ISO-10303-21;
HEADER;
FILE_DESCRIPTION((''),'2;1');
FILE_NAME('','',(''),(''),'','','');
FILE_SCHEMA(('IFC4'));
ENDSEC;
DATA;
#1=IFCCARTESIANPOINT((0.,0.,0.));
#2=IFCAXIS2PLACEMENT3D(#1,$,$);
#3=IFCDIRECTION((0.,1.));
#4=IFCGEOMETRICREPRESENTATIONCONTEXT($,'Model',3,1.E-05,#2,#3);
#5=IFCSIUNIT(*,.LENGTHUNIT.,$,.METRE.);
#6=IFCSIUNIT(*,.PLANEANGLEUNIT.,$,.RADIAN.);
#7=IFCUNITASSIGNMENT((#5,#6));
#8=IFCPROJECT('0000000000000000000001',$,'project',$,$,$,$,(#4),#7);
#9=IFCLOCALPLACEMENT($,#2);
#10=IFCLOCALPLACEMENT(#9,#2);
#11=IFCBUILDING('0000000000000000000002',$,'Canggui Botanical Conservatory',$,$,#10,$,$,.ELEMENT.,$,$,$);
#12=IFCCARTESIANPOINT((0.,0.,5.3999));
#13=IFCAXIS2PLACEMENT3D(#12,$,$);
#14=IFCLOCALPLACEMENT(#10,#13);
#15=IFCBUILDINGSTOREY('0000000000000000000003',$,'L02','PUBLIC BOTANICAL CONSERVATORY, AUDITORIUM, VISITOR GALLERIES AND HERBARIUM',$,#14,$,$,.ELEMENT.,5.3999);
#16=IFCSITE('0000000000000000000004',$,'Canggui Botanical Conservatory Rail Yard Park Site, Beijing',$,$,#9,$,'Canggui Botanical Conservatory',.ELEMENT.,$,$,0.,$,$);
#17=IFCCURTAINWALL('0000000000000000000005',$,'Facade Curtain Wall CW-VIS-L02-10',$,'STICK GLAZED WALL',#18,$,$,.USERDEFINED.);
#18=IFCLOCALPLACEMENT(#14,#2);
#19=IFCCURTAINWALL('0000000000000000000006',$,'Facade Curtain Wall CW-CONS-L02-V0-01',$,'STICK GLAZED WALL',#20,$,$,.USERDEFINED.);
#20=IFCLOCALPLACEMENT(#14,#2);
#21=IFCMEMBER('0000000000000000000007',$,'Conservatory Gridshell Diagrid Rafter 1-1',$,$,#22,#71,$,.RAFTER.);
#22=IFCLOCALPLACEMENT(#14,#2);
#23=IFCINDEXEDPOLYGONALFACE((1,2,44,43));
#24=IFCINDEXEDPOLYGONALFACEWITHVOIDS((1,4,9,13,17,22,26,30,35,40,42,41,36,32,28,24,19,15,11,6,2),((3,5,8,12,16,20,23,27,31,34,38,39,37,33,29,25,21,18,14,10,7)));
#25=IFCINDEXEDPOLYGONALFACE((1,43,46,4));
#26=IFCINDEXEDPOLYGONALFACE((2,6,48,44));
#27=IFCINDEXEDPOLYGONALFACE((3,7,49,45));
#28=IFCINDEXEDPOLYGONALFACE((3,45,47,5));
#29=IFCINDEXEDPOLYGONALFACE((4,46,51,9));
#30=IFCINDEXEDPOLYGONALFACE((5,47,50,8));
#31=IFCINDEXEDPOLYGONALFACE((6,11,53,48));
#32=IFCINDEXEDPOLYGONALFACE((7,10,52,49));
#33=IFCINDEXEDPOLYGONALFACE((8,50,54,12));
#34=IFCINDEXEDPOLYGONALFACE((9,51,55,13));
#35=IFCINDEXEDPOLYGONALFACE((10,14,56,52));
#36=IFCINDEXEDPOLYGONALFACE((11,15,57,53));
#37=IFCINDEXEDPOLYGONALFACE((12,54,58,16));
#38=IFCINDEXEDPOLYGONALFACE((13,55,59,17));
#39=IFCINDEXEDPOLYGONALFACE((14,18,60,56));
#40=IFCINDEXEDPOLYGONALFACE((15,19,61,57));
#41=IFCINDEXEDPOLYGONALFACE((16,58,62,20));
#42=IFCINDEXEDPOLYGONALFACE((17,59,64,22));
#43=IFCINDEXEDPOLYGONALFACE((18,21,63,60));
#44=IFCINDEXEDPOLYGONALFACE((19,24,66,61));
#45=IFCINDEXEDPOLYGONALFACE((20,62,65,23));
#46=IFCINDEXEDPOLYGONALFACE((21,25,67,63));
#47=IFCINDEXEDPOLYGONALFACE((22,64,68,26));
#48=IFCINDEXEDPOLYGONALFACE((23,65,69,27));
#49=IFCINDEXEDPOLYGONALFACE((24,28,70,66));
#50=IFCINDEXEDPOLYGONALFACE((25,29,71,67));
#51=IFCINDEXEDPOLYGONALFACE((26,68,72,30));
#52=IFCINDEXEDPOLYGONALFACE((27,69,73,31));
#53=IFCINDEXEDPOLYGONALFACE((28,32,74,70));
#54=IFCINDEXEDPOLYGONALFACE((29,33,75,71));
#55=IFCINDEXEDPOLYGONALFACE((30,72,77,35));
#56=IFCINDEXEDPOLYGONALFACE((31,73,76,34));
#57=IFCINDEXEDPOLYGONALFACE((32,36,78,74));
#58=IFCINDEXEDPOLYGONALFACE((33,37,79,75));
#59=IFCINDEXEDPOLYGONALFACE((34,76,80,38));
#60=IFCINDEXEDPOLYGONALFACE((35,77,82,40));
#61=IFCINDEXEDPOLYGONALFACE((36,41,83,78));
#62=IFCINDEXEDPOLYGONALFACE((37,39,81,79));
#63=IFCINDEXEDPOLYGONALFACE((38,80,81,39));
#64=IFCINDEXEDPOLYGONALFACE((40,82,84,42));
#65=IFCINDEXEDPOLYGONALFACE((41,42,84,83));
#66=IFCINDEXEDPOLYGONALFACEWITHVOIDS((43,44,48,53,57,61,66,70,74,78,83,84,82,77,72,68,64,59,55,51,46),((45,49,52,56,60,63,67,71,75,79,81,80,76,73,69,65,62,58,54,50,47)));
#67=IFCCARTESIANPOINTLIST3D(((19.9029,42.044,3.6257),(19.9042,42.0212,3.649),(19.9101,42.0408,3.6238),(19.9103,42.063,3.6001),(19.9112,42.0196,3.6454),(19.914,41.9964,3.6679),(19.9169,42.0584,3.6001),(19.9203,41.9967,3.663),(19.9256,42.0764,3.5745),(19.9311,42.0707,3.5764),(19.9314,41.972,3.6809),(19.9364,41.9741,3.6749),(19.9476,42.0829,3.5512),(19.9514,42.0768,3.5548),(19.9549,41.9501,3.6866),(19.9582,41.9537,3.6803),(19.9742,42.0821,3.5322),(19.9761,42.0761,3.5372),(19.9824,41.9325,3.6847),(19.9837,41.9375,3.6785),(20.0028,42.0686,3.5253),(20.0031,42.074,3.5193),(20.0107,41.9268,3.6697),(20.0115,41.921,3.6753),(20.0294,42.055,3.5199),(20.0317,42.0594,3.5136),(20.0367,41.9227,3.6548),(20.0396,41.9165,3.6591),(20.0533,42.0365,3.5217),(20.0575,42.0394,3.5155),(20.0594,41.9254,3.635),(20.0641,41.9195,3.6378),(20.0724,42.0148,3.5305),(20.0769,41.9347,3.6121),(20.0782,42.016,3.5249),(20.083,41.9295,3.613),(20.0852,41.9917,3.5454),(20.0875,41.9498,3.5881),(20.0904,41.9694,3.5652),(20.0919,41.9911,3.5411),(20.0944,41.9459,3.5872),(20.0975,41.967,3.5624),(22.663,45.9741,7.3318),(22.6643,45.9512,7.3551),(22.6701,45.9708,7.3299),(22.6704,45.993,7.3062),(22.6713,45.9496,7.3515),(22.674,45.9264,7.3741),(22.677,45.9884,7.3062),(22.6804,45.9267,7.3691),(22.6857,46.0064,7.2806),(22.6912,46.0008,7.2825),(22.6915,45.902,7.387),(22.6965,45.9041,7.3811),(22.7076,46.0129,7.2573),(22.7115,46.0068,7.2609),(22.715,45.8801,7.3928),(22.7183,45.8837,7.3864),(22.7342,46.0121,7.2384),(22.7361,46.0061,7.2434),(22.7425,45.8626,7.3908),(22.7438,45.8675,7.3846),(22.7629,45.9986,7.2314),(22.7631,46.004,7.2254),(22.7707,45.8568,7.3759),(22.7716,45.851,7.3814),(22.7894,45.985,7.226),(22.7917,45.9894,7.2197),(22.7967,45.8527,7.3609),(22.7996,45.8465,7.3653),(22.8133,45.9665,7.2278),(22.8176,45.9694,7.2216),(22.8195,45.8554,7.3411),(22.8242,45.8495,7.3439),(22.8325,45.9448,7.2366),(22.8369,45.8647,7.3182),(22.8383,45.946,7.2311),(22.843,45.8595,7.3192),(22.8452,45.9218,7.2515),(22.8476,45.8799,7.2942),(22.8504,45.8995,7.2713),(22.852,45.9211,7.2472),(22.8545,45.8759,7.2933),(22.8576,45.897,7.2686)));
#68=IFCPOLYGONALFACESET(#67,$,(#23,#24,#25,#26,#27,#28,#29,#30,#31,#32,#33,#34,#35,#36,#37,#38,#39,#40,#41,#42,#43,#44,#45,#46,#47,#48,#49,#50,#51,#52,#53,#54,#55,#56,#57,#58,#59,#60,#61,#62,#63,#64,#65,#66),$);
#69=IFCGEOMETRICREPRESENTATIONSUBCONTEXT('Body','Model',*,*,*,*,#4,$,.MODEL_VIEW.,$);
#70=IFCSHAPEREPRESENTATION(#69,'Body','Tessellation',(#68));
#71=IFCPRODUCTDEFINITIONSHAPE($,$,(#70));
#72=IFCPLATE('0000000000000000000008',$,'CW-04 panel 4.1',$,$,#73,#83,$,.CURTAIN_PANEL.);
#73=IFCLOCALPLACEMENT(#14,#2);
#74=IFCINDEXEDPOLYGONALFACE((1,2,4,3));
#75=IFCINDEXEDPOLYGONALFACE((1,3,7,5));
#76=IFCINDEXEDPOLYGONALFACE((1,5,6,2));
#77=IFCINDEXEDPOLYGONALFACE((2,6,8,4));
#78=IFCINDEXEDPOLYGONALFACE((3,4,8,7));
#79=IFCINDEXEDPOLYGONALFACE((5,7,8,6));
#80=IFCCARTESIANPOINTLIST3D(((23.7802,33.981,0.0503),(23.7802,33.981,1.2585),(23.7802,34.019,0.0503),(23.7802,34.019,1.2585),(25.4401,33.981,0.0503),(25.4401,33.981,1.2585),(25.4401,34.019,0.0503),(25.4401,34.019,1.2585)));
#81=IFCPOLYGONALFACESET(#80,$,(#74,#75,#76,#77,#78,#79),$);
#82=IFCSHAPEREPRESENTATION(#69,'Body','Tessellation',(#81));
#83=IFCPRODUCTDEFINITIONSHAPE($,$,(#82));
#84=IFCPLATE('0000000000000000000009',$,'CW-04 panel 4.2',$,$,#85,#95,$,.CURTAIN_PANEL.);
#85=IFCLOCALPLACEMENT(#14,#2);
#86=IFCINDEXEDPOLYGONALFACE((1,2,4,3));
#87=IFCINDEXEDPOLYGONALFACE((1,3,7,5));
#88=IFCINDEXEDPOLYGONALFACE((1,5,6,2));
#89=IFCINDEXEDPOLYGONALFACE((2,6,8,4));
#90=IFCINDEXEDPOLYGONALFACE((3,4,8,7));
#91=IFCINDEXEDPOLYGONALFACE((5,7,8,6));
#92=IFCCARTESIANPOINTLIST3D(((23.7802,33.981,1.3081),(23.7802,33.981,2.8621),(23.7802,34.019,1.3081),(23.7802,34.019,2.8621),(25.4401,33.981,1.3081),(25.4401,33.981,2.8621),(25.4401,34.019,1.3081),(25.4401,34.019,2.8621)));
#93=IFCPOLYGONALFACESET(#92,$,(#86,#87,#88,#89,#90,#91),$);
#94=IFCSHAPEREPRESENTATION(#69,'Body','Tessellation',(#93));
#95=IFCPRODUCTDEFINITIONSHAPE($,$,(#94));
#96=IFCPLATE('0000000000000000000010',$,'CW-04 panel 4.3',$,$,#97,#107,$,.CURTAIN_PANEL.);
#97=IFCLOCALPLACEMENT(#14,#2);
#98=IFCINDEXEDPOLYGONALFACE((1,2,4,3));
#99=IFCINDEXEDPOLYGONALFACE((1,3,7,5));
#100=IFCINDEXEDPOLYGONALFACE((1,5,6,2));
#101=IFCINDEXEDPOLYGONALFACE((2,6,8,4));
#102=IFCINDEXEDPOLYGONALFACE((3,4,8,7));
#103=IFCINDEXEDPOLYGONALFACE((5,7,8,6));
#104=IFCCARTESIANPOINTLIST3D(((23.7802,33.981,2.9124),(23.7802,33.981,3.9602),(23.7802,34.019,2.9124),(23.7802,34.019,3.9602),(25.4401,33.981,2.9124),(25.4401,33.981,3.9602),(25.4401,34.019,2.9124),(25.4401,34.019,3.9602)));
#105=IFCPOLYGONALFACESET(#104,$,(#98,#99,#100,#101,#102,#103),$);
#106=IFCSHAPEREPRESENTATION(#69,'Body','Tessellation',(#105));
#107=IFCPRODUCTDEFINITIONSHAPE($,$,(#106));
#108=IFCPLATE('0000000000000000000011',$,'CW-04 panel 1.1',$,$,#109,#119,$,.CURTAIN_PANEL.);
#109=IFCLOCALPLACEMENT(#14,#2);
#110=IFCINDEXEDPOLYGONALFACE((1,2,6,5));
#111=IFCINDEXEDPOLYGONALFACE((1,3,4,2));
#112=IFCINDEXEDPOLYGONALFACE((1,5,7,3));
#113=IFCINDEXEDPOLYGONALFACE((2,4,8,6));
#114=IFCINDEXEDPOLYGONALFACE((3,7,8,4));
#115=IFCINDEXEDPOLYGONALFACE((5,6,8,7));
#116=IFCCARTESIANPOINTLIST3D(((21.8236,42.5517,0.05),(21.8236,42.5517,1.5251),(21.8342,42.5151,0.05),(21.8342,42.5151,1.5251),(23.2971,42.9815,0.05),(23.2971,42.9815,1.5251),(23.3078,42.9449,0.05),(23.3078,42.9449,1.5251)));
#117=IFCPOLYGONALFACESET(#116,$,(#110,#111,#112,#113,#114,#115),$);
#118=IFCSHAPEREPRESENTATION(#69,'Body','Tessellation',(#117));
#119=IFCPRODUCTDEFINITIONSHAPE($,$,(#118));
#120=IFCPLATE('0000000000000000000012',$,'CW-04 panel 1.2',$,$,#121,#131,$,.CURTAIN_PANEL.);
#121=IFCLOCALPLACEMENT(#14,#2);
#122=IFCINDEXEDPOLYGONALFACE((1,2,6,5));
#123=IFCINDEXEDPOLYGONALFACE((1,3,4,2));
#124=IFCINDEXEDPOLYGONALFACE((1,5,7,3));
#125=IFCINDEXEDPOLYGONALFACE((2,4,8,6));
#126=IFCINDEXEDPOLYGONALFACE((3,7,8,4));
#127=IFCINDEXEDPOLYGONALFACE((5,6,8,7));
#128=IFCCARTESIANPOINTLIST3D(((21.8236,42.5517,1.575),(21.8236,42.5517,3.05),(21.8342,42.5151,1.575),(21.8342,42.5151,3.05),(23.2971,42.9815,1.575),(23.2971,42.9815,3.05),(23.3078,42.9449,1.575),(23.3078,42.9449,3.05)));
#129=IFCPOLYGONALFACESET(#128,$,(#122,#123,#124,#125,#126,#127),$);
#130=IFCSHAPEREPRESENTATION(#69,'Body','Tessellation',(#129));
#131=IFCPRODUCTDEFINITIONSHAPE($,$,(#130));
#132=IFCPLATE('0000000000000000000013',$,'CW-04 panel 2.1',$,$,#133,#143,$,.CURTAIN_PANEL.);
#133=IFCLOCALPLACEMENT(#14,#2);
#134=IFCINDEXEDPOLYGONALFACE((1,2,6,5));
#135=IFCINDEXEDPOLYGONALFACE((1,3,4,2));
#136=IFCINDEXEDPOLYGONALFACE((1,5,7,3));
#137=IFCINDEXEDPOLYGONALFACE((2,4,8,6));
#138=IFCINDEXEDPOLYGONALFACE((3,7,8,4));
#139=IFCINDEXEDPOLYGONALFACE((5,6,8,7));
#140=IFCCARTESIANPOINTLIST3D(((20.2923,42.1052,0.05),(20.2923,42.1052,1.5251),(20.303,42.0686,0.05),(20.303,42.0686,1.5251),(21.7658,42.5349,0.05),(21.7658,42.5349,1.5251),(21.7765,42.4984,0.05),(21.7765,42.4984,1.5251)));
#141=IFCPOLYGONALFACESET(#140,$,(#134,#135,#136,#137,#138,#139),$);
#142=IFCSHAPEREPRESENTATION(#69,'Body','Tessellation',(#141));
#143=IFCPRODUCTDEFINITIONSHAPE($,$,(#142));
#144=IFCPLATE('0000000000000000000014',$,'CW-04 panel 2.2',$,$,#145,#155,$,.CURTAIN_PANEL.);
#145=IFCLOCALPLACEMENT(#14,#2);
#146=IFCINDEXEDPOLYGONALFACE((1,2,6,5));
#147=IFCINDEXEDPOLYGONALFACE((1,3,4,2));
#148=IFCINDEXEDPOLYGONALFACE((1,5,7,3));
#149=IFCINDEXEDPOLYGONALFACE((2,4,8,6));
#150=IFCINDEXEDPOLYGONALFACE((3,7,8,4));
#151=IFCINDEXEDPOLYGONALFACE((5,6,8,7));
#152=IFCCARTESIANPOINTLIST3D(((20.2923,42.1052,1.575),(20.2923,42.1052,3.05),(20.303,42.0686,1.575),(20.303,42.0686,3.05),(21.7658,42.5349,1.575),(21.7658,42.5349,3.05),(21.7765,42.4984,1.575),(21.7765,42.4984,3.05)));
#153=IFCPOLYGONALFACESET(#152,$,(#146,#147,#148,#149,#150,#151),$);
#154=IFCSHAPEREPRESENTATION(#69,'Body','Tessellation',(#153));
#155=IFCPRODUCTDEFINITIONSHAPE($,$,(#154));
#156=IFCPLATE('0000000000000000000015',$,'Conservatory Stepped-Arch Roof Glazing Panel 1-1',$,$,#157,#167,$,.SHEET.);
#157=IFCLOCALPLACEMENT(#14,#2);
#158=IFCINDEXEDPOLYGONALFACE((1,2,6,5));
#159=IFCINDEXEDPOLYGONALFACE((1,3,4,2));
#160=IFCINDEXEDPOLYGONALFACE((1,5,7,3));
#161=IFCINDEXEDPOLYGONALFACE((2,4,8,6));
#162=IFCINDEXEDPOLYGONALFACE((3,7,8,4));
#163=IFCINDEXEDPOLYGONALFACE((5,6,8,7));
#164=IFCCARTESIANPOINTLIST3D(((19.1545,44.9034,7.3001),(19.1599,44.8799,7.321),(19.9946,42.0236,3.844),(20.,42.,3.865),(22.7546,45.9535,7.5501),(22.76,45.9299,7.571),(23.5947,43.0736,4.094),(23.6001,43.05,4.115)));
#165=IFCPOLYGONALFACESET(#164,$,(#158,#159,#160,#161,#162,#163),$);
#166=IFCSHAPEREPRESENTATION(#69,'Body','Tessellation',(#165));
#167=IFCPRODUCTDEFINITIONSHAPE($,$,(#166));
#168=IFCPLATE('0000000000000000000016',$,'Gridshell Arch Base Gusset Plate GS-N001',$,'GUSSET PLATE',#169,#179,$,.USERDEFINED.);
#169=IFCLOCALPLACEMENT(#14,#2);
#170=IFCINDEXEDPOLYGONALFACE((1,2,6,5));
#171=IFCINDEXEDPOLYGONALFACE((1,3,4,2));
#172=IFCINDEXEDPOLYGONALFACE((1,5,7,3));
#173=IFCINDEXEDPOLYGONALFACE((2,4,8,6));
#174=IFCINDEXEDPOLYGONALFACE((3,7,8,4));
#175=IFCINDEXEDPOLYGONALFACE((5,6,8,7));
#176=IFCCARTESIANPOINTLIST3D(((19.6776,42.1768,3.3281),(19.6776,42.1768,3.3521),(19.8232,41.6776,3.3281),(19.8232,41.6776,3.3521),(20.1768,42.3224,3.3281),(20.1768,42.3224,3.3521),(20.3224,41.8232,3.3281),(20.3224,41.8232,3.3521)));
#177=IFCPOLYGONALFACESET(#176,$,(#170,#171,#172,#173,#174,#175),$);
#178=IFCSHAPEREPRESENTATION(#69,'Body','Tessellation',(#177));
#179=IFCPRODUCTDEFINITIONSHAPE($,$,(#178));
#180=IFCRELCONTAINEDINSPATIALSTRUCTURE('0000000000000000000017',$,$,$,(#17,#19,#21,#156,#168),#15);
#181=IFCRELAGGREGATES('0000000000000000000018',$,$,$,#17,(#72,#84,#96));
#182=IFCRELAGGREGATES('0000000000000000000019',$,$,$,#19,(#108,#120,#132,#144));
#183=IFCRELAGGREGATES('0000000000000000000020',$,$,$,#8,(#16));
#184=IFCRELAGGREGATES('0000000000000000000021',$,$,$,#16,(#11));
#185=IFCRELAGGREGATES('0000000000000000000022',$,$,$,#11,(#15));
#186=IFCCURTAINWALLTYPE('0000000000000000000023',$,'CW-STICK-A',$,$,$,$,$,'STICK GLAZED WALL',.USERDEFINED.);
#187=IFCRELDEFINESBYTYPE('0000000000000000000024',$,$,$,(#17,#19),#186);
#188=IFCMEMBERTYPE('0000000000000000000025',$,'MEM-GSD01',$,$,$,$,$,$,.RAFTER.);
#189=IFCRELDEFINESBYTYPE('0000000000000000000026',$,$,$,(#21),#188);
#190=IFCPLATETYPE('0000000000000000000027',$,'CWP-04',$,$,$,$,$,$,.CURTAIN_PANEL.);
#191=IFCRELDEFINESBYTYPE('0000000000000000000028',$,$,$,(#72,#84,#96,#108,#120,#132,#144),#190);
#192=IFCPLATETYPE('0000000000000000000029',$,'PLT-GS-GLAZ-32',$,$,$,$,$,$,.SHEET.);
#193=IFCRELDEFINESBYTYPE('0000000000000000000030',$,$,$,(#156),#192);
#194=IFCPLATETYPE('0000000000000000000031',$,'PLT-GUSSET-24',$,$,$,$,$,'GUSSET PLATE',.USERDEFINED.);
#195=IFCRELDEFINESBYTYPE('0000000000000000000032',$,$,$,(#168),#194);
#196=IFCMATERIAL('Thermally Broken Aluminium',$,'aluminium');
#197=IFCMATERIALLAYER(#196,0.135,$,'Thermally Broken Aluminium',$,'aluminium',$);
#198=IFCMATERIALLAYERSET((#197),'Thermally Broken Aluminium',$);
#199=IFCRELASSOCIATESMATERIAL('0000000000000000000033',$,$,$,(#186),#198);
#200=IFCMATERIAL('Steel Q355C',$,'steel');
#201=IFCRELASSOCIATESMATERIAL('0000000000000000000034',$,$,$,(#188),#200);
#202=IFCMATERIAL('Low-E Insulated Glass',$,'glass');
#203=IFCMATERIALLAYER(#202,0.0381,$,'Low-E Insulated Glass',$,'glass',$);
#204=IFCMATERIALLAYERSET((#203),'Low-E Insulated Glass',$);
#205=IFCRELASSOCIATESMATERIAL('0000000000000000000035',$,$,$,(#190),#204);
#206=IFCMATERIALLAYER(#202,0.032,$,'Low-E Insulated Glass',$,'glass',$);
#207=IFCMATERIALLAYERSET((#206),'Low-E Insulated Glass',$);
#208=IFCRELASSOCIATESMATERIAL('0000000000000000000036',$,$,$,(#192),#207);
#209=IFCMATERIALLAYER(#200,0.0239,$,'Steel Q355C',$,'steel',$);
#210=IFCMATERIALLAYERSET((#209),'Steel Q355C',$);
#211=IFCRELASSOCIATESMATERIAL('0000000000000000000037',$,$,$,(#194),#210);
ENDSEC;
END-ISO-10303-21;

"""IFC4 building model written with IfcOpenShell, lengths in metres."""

from ifc_helpers import new_model, si_unit, direction, frame, origin, origin_2d, place, context, subcontext, project, spatial, polyline, rectangle, hollow_circle, outline, extrude, material, layer, layer_set, material_profile, profile_set, type_object, element, aggregate, save


model = new_model("IFC4")

# Units and contexts
model_context = context("Model", 3, precision=1e-05, world=origin(), true_north=direction((0.0, 1.0)))
body_context = subcontext(model_context, "Body", "Model", "MODEL_VIEW")
ifc_project = project(units=[si_unit("LENGTHUNIT", "METRE"), si_unit("PLANEANGLEUNIT", "RADIAN")], contexts=[model_context])

# Site, building, storey
site_placement = place(None, origin())
site = spatial("IfcSite", under=ifc_project, at=site_placement, Name="Canggui Botanical Conservatory Rail Yard Park Site, Beijing", LongName="Canggui Botanical Conservatory", CompositionType="ELEMENT", RefElevation=0.0)
building_placement = place(site_placement, origin())
building = spatial("IfcBuilding", under=site, at=building_placement, Name="Canggui Botanical Conservatory", CompositionType="ELEMENT")
storey_placement = place(building_placement, frame((0.0, 0.0, 5.3999)))
storey = spatial("IfcBuildingStorey", under=building, at=storey_placement, Name="L02", Description="PUBLIC BOTANICAL CONSERVATORY, AUDITORIUM, VISITOR GALLERIES AND HERBARIUM", CompositionType="ELEMENT", Elevation=5.3999)

# Shared definitions
ifc_material_1 = material(Name="Steel Q355C", Category="steel")

# Curtain wall
ifc_material_2 = material(Name="Thermally Broken Aluminium", Category="aluminium")
ifc_layer_1 = layer(ifc_material_2, 0.135, Name="Thermally Broken Aluminium", Category="aluminium")
ifc_layer_set_1 = layer_set([ifc_layer_1], Name="Thermally Broken Aluminium")
curtain_wall_type_1 = type_object("IfcCurtainWallType", Name="CW-STICK-A", ElementType="STICK GLAZED WALL", PredefinedType="USERDEFINED", material=ifc_layer_set_1)
curtain_wall_1_placement = place(storey_placement, origin())
curtain_wall_1 = element("IfcCurtainWall", 1, at=curtain_wall_1_placement, inside=storey, type_object=curtain_wall_type_1, Name="Facade Curtain Wall CW-VIS-L02-10", ObjectType="STICK GLAZED WALL", PredefinedType="USERDEFINED")

# Curtain wall
curtain_wall_2_placement = place(storey_placement, origin())
curtain_wall_2 = element("IfcCurtainWall", 2, at=curtain_wall_2_placement, inside=storey, type_object=curtain_wall_type_1, Name="Facade Curtain Wall CW-CONS-L02-V0-01", ObjectType="STICK GLAZED WALL", PredefinedType="USERDEFINED")

# Member
ifc_material_profile_1 = material_profile(ifc_material_1, hollow_circle(Radius=0.1096, WallThickness=0.0081, at=origin_2d()), Name="CHS 219x8")
ifc_profile_set_1 = profile_set([ifc_material_profile_1], Name="Steel Q355C")
member_type_1 = type_object("IfcMemberType", Name="MEM-GSD01", PredefinedType="RAFTER", material=ifc_profile_set_1)
member_1_placement = place(storey_placement, frame((20.0, 42.0, 3.6001), z_axis=(0.454994, 0.647858, 0.610951), x_axis=(-0.818345, 0.574728, 0.0)))
element("IfcMember", 3, at=member_1_placement, inside=storey, type_object=member_type_1, Name="Conservatory Gridshell Diagrid Rafter 1-1", PredefinedType="RAFTER", context=body_context, shape_type="SweptSolid", body=[
    extrude(hollow_circle(Radius=0.1096, WallThickness=0.0081, at=origin_2d()), origin(), (0.0, 0.0, 1.0), 6.0662),
])

# Plates
ifc_material_3 = material(Name="Low-E Insulated Glass", Category="glass")
ifc_layer_2 = layer(ifc_material_3, 0.0381, Name="Low-E Insulated Glass", Category="glass")
ifc_layer_set_2 = layer_set([ifc_layer_2], Name="Low-E Insulated Glass")
plate_type_1 = type_object("IfcPlateType", Name="CWP-04", PredefinedType="CURTAIN_PANEL", material=ifc_layer_set_2)
plate_1_placement = place(storey_placement, frame((24.6101, 34.0, 0.0503), z_axis=(0.0, 0.0, 1.0), x_axis=(1.0, 0.0, 0.0)))
plate_1 = element("IfcPlate", 4, at=plate_1_placement, type_object=plate_type_1, Name="CW-04 panel 4.1", PredefinedType="CURTAIN_PANEL", context=body_context, shape_type="SweptSolid", body=[
    extrude(rectangle(XDim=1.6599, YDim=0.0381, at=origin_2d()), origin(), (0.0, 0.0, 1.0), 1.2083),
])
plate_2_placement = place(storey_placement, frame((24.6101, 34.0, 1.3081), z_axis=(0.0, 0.0, 1.0), x_axis=(1.0, 0.0, 0.0)))
plate_2 = element("IfcPlate", 5, at=plate_2_placement, type_object=plate_type_1, Name="CW-04 panel 4.2", PredefinedType="CURTAIN_PANEL", context=body_context, shape_type="SweptSolid", body=[
    extrude(rectangle(XDim=1.6599, YDim=0.0381, at=origin_2d()), origin(), (0.0, 0.0, 1.0), 1.554),
])
plate_3_placement = place(storey_placement, frame((24.6101, 34.0, 2.9124), z_axis=(0.0, 0.0, 1.0), x_axis=(1.0, 0.0, 0.0)))
plate_3 = element("IfcPlate", 6, at=plate_3_placement, type_object=plate_type_1, Name="CW-04 panel 4.3", PredefinedType="CURTAIN_PANEL", context=body_context, shape_type="SweptSolid", body=[
    extrude(rectangle(XDim=1.6599, YDim=0.0381, at=origin_2d()), origin(), (0.0, 0.0, 1.0), 1.0479),
])
aggregate(curtain_wall_1, [plate_1, plate_2, plate_3])
plate_4_placement = place(storey_placement, frame((22.5657, 42.7483, 0.05), z_axis=(0.0, 0.0, 1.0), x_axis=(-0.96, -0.28, 0.0)))
plate_4 = element("IfcPlate", 7, at=plate_4_placement, type_object=plate_type_1, Name="CW-04 panel 1.1", PredefinedType="CURTAIN_PANEL", context=body_context, shape_type="SweptSolid", body=[
    extrude(rectangle(XDim=1.5349, YDim=0.0381, at=origin_2d()), origin(), (0.0, 0.0, 1.0), 1.4751),
])
plate_5_placement = place(storey_placement, frame((22.5657, 42.7483, 1.575), z_axis=(0.0, 0.0, 1.0), x_axis=(-0.96, -0.28, 0.0)))
plate_5 = element("IfcPlate", 8, at=plate_5_placement, type_object=plate_type_1, Name="CW-04 panel 1.2", PredefinedType="CURTAIN_PANEL", context=body_context, shape_type="SweptSolid", body=[
    extrude(rectangle(XDim=1.5349, YDim=0.0381, at=origin_2d()), origin(), (0.0, 0.0, 1.0), 1.4751),
])
plate_6_placement = place(storey_placement, frame((21.0344, 42.3018, 0.05), z_axis=(0.0, 0.0, 1.0), x_axis=(-0.96, -0.28, 0.0)))
plate_6 = element("IfcPlate", 9, at=plate_6_placement, type_object=plate_type_1, Name="CW-04 panel 2.1", PredefinedType="CURTAIN_PANEL", context=body_context, shape_type="SweptSolid", body=[
    extrude(rectangle(XDim=1.5349, YDim=0.0381, at=origin_2d()), origin(), (0.0, 0.0, 1.0), 1.4751),
])
plate_7_placement = place(storey_placement, frame((21.0344, 42.3018, 1.575), z_axis=(0.0, 0.0, 1.0), x_axis=(-0.96, -0.28, 0.0)))
plate_7 = element("IfcPlate", 10, at=plate_7_placement, type_object=plate_type_1, Name="CW-04 panel 2.2", PredefinedType="CURTAIN_PANEL", context=body_context, shape_type="SweptSolid", body=[
    extrude(rectangle(XDim=1.5349, YDim=0.0381, at=origin_2d()), origin(), (0.0, 0.0, 1.0), 1.4751),
])
aggregate(curtain_wall_2, [plate_4, plate_5, plate_6, plate_7])

# Plates
ifc_layer_3 = layer(ifc_material_3, 0.032, Name="Low-E Insulated Glass", Category="glass")
ifc_layer_set_3 = layer_set([ifc_layer_3], Name="Low-E Insulated Glass")
plate_type_2 = type_object("IfcPlateType", Name="PLT-GS-GLAZ-32", PredefinedType="SHEET", material=ifc_layer_set_3)
plate_8_placement = place(storey_placement, frame((20.0, 42.0, 3.865), z_axis=(0.169342, -0.73651, 0.654887), x_axis=(0.957872, 0.279385, 0.066517)))
element("IfcPlate", 11, at=plate_8_placement, inside=storey, type_object=plate_type_2, Name="Conservatory Stepped-Arch Roof Glazing Panel 1-1", PredefinedType="SHEET", context=body_context, shape_type="SweptSolid", body=[
    extrude(outline(polyline([(0.0, 0.0), (3.7584, 0.0), (3.9882, 4.5707), (0.2298, 4.5707), (0.0, 0.0)])), origin(), (0.0, 0.0, -1.0), 0.032),
])
ifc_layer_4 = layer(ifc_material_1, 0.0239, Name="Steel Q355C", Category="steel")
ifc_layer_set_4 = layer_set([ifc_layer_4], Name="Steel Q355C")
plate_type_3 = type_object("IfcPlateType", Name="PLT-GUSSET-24", ElementType="GUSSET PLATE", PredefinedType="USERDEFINED", material=ifc_layer_set_4)
plate_9_placement = place(storey_placement, frame((20.0, 42.0, 3.3281), z_axis=(0.0, 0.0, 1.0), x_axis=(0.96, 0.28, 0.0)))
element("IfcPlate", 12, at=plate_9_placement, inside=storey, type_object=plate_type_3, Name="Gridshell Arch Base Gusset Plate GS-N001", ObjectType="GUSSET PLATE", PredefinedType="USERDEFINED", context=body_context, shape_type="SweptSolid", body=[
    extrude(rectangle(XDim=0.52, YDim=0.52, at=origin_2d()), origin(), (0.0, 0.0, 1.0), 0.0239),
])

save(model, "model.ifc")
